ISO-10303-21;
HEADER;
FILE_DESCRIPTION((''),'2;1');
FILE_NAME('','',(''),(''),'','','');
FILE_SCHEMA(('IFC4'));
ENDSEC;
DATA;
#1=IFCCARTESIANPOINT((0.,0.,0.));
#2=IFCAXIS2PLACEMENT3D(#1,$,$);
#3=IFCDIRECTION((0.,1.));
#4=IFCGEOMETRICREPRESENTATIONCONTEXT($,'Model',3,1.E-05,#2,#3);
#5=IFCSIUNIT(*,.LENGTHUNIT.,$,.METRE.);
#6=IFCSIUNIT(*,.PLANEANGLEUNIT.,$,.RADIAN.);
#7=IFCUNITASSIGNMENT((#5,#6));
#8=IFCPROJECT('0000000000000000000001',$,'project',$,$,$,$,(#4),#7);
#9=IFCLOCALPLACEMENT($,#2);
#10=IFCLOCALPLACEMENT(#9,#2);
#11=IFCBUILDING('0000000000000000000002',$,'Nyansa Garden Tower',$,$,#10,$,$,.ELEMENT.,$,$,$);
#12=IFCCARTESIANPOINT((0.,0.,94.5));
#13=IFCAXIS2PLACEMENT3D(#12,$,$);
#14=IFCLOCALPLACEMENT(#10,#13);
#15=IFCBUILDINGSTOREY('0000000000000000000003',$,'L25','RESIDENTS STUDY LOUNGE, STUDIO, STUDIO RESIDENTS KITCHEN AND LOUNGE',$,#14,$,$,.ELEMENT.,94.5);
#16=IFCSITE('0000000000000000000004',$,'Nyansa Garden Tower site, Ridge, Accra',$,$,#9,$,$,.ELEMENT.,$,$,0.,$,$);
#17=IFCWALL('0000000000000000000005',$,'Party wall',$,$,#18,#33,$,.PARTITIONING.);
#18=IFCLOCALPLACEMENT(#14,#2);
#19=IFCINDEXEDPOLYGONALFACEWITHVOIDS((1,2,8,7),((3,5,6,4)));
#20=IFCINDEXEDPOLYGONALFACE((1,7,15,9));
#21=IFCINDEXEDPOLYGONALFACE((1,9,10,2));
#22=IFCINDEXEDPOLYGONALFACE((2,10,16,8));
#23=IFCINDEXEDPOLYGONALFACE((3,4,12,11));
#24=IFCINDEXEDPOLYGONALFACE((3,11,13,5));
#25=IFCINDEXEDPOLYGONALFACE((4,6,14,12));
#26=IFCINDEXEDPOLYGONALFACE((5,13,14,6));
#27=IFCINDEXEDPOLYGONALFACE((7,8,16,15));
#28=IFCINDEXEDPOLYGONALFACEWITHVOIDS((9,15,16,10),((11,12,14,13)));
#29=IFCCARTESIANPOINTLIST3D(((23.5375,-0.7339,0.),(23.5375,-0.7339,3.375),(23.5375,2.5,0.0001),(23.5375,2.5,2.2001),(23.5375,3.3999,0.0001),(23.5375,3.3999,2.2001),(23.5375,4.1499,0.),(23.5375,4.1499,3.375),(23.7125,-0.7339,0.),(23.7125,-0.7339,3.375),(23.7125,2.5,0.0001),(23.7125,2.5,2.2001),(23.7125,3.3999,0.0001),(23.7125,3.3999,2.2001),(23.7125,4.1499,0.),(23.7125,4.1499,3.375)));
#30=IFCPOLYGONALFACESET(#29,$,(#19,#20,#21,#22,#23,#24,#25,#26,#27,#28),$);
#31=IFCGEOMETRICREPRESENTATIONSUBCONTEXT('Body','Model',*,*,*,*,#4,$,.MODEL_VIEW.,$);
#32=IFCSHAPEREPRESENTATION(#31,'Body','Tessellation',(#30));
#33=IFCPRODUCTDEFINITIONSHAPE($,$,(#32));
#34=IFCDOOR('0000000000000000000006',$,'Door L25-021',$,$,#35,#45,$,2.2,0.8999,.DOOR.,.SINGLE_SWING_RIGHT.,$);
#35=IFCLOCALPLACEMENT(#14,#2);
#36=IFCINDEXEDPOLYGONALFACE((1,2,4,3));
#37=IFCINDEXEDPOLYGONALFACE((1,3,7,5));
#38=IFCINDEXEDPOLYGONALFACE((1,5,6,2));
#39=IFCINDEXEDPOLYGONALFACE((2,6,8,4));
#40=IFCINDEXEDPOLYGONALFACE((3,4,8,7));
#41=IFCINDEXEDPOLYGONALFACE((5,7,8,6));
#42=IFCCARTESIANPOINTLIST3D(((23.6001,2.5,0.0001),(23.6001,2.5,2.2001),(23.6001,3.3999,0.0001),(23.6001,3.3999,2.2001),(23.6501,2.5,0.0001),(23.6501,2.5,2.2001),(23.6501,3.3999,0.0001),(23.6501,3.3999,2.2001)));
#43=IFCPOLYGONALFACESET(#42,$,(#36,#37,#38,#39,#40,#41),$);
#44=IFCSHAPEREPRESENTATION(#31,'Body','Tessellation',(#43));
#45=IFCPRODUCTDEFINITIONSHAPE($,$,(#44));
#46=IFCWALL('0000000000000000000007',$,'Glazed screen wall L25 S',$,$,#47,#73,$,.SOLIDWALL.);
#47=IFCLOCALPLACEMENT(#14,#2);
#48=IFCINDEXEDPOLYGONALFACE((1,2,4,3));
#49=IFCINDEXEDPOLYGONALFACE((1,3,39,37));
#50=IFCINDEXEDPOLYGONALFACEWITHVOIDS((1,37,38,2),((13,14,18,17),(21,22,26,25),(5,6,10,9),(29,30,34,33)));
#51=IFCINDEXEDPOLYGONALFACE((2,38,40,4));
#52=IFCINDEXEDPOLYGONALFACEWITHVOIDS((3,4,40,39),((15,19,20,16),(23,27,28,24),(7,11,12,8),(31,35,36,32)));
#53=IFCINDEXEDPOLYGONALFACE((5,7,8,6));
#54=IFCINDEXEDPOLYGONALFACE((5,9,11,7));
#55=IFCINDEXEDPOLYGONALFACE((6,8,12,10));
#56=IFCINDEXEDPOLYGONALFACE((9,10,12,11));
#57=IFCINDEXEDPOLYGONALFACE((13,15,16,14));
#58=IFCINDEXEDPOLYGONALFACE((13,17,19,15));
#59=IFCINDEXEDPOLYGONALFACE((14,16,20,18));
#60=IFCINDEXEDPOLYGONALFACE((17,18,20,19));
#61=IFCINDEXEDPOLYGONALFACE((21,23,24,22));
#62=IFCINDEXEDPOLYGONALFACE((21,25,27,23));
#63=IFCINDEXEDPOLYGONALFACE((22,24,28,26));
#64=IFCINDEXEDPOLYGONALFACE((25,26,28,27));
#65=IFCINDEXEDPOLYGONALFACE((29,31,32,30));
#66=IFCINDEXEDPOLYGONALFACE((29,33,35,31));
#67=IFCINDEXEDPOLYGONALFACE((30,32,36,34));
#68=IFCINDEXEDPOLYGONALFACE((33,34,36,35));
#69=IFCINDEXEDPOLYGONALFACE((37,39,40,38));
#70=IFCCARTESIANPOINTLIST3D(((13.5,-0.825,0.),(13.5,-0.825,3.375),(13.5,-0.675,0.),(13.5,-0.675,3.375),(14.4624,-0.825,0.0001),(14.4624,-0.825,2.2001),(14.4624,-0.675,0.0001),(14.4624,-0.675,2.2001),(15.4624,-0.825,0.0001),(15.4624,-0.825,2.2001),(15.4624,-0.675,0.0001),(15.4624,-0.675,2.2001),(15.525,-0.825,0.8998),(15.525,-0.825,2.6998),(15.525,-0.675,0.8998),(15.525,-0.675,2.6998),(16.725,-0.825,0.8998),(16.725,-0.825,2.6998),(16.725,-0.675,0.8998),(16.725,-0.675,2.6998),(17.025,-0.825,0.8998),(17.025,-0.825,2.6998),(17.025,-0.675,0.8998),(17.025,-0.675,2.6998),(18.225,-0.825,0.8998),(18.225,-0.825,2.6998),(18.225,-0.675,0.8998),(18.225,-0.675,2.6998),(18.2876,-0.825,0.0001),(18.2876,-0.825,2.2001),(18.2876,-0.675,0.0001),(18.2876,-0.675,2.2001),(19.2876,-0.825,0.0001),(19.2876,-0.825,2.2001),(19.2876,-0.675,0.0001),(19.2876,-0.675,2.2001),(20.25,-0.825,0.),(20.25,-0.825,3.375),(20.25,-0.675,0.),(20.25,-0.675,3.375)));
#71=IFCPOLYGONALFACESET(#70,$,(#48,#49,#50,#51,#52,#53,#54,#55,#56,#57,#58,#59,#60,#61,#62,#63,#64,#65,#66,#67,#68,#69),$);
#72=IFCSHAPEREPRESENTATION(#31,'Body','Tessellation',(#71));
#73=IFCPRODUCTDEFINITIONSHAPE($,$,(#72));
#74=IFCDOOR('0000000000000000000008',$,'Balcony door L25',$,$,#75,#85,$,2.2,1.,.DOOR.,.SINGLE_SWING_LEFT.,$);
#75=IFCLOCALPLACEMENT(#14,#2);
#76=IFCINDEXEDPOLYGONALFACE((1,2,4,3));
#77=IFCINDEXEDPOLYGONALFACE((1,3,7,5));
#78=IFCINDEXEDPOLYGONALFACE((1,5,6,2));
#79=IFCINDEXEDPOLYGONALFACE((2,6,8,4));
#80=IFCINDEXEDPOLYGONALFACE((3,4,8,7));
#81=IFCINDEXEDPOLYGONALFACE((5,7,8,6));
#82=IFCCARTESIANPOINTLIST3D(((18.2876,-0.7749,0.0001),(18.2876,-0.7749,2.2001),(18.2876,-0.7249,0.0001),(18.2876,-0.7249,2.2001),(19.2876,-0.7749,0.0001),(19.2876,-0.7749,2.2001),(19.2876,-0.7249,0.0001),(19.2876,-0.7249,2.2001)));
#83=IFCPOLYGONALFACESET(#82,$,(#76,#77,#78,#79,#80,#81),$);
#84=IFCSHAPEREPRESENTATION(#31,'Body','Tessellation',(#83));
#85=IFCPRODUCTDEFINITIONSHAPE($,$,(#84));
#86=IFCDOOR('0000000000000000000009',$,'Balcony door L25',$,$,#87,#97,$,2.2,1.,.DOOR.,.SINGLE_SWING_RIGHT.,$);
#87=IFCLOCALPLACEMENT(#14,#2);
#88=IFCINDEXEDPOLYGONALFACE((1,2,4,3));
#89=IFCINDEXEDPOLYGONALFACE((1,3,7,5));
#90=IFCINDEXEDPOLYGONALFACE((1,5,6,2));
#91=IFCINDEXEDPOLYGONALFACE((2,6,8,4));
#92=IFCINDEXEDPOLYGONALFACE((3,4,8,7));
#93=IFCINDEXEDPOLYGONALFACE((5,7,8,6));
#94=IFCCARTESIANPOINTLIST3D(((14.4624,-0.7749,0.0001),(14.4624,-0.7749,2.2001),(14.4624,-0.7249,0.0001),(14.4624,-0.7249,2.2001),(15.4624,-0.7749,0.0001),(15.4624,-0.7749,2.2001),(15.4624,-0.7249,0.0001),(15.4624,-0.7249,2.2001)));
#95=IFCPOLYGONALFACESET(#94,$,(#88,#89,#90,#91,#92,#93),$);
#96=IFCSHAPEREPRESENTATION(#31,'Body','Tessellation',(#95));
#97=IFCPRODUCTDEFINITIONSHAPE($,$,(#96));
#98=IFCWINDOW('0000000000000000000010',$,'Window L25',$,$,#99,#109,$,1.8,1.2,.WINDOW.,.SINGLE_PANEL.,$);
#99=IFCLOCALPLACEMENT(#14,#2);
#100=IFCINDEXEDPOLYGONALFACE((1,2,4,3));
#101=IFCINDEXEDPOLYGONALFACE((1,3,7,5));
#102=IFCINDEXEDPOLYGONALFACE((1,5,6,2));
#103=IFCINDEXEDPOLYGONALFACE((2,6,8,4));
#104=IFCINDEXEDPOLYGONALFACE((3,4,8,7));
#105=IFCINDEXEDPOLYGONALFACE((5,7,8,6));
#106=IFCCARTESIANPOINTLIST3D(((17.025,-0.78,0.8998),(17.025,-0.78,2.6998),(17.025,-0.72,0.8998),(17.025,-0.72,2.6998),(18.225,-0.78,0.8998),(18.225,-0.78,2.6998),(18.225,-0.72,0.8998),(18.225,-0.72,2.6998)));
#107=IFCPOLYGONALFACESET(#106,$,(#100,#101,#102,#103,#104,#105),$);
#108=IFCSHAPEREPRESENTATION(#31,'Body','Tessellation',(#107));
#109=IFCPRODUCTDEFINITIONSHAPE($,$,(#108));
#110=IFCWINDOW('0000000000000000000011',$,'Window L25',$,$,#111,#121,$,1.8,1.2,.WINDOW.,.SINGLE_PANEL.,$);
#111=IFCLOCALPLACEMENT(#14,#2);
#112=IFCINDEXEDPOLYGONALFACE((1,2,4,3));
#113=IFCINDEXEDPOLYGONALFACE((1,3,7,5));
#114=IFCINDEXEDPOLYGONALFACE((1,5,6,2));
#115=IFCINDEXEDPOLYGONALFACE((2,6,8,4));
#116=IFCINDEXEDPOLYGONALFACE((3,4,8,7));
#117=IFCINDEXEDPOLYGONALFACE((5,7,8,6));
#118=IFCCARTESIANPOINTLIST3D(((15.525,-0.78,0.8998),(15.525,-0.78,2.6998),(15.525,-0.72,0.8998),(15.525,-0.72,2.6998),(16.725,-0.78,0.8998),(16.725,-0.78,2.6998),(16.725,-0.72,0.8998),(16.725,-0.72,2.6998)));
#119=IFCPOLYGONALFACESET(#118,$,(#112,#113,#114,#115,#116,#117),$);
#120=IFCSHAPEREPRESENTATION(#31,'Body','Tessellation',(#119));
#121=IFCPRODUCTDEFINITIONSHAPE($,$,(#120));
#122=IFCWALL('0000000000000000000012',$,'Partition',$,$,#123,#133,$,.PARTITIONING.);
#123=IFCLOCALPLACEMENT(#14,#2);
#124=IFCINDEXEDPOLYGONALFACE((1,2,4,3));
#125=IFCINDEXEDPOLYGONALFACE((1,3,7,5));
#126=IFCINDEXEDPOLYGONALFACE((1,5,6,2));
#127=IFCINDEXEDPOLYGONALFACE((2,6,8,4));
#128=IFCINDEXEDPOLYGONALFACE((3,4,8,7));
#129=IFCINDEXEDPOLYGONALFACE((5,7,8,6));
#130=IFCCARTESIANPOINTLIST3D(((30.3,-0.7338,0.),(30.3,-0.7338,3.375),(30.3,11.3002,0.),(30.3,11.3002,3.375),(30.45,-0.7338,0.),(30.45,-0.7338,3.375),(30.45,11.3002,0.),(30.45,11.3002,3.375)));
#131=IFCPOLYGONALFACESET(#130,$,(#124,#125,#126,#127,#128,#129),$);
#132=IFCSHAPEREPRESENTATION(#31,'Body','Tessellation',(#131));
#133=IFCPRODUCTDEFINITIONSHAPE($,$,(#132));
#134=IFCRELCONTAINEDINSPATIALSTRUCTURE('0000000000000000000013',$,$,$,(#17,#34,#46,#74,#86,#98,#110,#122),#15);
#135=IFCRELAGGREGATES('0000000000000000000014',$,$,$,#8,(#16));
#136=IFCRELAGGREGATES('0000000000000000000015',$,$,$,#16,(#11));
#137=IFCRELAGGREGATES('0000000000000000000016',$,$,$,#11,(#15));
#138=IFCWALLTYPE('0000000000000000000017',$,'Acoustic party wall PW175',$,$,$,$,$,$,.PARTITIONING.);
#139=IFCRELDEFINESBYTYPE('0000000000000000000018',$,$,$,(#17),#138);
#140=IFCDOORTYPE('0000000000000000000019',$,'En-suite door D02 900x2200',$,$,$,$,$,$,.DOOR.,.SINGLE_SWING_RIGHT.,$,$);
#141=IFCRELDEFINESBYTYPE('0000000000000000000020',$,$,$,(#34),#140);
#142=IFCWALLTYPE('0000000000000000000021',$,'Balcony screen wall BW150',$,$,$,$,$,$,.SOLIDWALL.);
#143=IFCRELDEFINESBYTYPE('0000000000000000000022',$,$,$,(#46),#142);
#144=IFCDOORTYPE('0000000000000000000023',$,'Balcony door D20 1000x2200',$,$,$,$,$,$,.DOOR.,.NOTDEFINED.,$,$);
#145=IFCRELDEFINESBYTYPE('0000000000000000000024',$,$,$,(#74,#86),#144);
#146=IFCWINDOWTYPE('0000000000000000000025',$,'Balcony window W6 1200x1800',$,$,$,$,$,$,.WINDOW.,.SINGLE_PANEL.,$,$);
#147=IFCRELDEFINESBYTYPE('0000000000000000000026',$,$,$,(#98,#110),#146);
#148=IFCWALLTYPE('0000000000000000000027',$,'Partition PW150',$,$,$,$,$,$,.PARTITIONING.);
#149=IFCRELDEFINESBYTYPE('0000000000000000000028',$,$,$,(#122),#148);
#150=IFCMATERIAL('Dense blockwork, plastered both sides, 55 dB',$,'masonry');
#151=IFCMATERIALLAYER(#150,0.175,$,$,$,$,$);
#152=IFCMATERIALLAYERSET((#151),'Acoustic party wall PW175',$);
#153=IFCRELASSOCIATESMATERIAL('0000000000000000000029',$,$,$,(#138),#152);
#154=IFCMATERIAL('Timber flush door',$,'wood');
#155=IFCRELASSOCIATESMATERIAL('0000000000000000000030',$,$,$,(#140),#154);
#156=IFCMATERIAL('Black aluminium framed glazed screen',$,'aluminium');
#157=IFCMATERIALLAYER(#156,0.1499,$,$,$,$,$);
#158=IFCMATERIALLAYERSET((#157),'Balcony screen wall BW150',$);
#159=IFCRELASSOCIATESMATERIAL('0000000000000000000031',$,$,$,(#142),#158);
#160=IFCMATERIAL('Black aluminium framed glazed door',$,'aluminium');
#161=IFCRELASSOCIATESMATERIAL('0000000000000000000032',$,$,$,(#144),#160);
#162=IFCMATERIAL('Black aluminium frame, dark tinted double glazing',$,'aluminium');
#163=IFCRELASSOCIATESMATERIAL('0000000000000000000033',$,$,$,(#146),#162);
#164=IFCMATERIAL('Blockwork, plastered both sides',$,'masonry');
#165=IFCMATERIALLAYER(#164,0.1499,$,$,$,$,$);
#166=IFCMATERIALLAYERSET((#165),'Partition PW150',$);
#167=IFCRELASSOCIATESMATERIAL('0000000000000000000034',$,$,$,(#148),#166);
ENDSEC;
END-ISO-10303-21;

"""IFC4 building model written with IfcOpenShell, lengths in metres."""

from ifc_helpers import new_model, si_unit, direction, frame, frame_2d, origin, place, context, subcontext, project, spatial, rectangle, extrude, material, layer, layer_set, type_object, element, fill, save


model = new_model("IFC4")

# Units and contexts
model_context = context("Model", 3, precision=1e-05, world=origin(), true_north=direction((0.0, 1.0)))
body_context = subcontext(model_context, "Body", "Model", "MODEL_VIEW")
ifc_project = project(units=[si_unit("LENGTHUNIT", "METRE"), si_unit("PLANEANGLEUNIT", "RADIAN")], contexts=[model_context])

# Site, building, storey
site_placement = place(None, origin())
site = spatial("IfcSite", under=ifc_project, at=site_placement, Name="Nyansa Garden Tower site, Ridge, Accra", CompositionType="ELEMENT", RefElevation=0.0)
building_placement = place(site_placement, origin())
building = spatial("IfcBuilding", under=site, at=building_placement, Name="Nyansa Garden Tower", CompositionType="ELEMENT")
storey_placement = place(building_placement, frame((0.0, 0.0, 94.5)))
storey = spatial("IfcBuildingStorey", under=building, at=storey_placement, Name="L25", Description="RESIDENTS STUDY LOUNGE, STUDIO, STUDIO RESIDENTS KITCHEN AND LOUNGE", CompositionType="ELEMENT", Elevation=94.5)

# Wall, opening, door
ifc_material_1 = material(Name="Dense blockwork, plastered both sides, 55 dB", Category="masonry")
ifc_layer_1 = layer(ifc_material_1, 0.175)
ifc_layer_set_1 = layer_set([ifc_layer_1], Name="Acoustic party wall PW175")
wall_type_1 = type_object("IfcWallType", Name="Acoustic party wall PW175", PredefinedType="PARTITIONING", material=ifc_layer_set_1)
wall_1_placement = place(storey_placement, frame((23.625, -0.7339, 0.0), z_axis=(0.0, 0.0, 1.0), x_axis=(0.0, 1.0, 0.0)))
wall_1 = element("IfcWall", 1, at=wall_1_placement, inside=storey, type_object=wall_type_1, Name="Party wall", PredefinedType="PARTITIONING", context=body_context, shape_type="SweptSolid", body=[
    extrude(rectangle(XDim=4.8838, YDim=0.175, at=frame_2d((2.4419, 0.0))), origin(), (0.0, 0.0, 1.0), 3.375),
])
opening_1_placement = place(wall_1_placement, frame((3.2339, 0.0, 0.0)))
opening_1 = element("IfcOpeningElement", 2, at=opening_1_placement, cuts=wall_1, PredefinedType="OPENING", context=body_context, shape_type="SweptSolid", body=[
    extrude(rectangle(XDim=0.8999, YDim=2.2, at=frame_2d((0.45, 1.1001))), frame((0.0, 0.0974, 0.0), z_axis=(0.0, -1.0, 0.0), x_axis=(1.0, 0.0, 0.0)), (0.0, 0.0, 1.0), 0.1951),
])
ifc_material_2 = material(Name="Timber flush door", Category="wood")
door_type_1 = type_object("IfcDoorType", Name="En-suite door D02 900x2200", OperationType="SINGLE_SWING_RIGHT", PredefinedType="DOOR", material=ifc_material_2)
door_1_placement = place(opening_1_placement, origin())
door_1 = element("IfcDoor", 3, at=door_1_placement, inside=storey, type_object=door_type_1, Name="Door L25-021", OperationType="SINGLE_SWING_RIGHT", OverallHeight=2.2, OverallWidth=0.8999, PredefinedType="DOOR", context=body_context, shape_type="SweptSolid", body=[
    extrude(rectangle(XDim=0.8999, YDim=2.2, at=frame_2d((0.45, 1.1001))), frame((0.0, 0.0249, 0.0), z_axis=(0.0, -1.0, 0.0), x_axis=(1.0, 0.0, 0.0)), (0.0, 0.0, 1.0), 0.05),
])
fill(opening_1, door_1)

# Wall, openings, doors, windows
ifc_material_3 = material(Name="Black aluminium framed glazed screen", Category="aluminium")
ifc_layer_2 = layer(ifc_material_3, 0.1499)
ifc_layer_set_2 = layer_set([ifc_layer_2], Name="Balcony screen wall BW150")
wall_type_2 = type_object("IfcWallType", Name="Balcony screen wall BW150", PredefinedType="SOLIDWALL", material=ifc_layer_set_2)
wall_2_placement = place(storey_placement, frame((20.25, -0.75, 0.0), z_axis=(0.0, 0.0, 1.0), x_axis=(-1.0, 0.0, 0.0)))
wall_2 = element("IfcWall", 4, at=wall_2_placement, inside=storey, type_object=wall_type_2, Name="Glazed screen wall L25 S", PredefinedType="SOLIDWALL", context=body_context, shape_type="SweptSolid", body=[
    extrude(rectangle(XDim=6.75, YDim=0.1499, at=frame_2d((3.375, 0.0))), origin(), (0.0, 0.0, 1.0), 3.375),
])
opening_2_placement = place(wall_2_placement, frame((0.9624, 0.0, 0.0)))
opening_2 = element("IfcOpeningElement", 5, at=opening_2_placement, cuts=wall_2, PredefinedType="OPENING", context=body_context, shape_type="SweptSolid", body=[
    extrude(rectangle(XDim=1.0, YDim=2.2, at=frame_2d((0.5, 1.1001))), frame((0.0, 0.085, 0.0), z_axis=(0.0, -1.0, 0.0), x_axis=(1.0, 0.0, 0.0)), (0.0, 0.0, 1.0), 0.1699),
])
opening_3_placement = place(wall_2_placement, frame((2.0249, 0.0, 0.8999)))
opening_3 = element("IfcOpeningElement", 6, at=opening_3_placement, cuts=wall_2, PredefinedType="OPENING", context=body_context, shape_type="SweptSolid", body=[
    extrude(rectangle(XDim=1.2, YDim=1.8, at=frame_2d((0.6001, 0.8999))), frame((0.0, 0.085, 0.0), z_axis=(0.0, -1.0, 0.0), x_axis=(1.0, 0.0, 0.0)), (0.0, 0.0, 1.0), 0.1699),
])
opening_4_placement = place(wall_2_placement, frame((4.7876, 0.0, 0.0)))
opening_4 = element("IfcOpeningElement", 7, at=opening_4_placement, cuts=wall_2, PredefinedType="OPENING", context=body_context, shape_type="SweptSolid", body=[
    extrude(rectangle(XDim=1.0, YDim=2.2, at=frame_2d((0.5, 1.1001))), frame((0.0, 0.085, 0.0), z_axis=(0.0, -1.0, 0.0), x_axis=(1.0, 0.0, 0.0)), (0.0, 0.0, 1.0), 0.1699),
])
opening_5_placement = place(wall_2_placement, frame((3.5249, 0.0, 0.8999)))
opening_5 = element("IfcOpeningElement", 8, at=opening_5_placement, cuts=wall_2, PredefinedType="OPENING", context=body_context, shape_type="SweptSolid", body=[
    extrude(rectangle(XDim=1.2, YDim=1.8, at=frame_2d((0.6001, 0.8999))), frame((0.0, 0.085, 0.0), z_axis=(0.0, -1.0, 0.0), x_axis=(1.0, 0.0, 0.0)), (0.0, 0.0, 1.0), 0.1699),
])
ifc_material_4 = material(Name="Black aluminium framed glazed door", Category="aluminium")
door_type_2 = type_object("IfcDoorType", Name="Balcony door D20 1000x2200", OperationType="NOTDEFINED", PredefinedType="DOOR", material=ifc_material_4)
door_2_placement = place(opening_2_placement, origin())
door_2 = element("IfcDoor", 9, at=door_2_placement, inside=storey, type_object=door_type_2, Name="Balcony door L25", OperationType="SINGLE_SWING_LEFT", OverallHeight=2.2, OverallWidth=1.0, PredefinedType="DOOR", context=body_context, shape_type="SweptSolid", body=[
    extrude(rectangle(XDim=1.0, YDim=2.2, at=frame_2d((0.5, 1.1001))), frame((0.0, 0.0249, 0.0), z_axis=(0.0, -1.0, 0.0), x_axis=(1.0, 0.0, 0.0)), (0.0, 0.0, 1.0), 0.05),
])
fill(opening_2, door_2)
door_3_placement = place(opening_4_placement, origin())
door_3 = element("IfcDoor", 10, at=door_3_placement, inside=storey, type_object=door_type_2, Name="Balcony door L25", OperationType="SINGLE_SWING_RIGHT", OverallHeight=2.2, OverallWidth=1.0, PredefinedType="DOOR", context=body_context, shape_type="SweptSolid", body=[
    extrude(rectangle(XDim=1.0, YDim=2.2, at=frame_2d((0.5, 1.1001))), frame((0.0, 0.0249, 0.0), z_axis=(0.0, -1.0, 0.0), x_axis=(1.0, 0.0, 0.0)), (0.0, 0.0, 1.0), 0.05),
])
fill(opening_4, door_3)
ifc_material_5 = material(Name="Black aluminium frame, dark tinted double glazing", Category="aluminium")
window_type = type_object("IfcWindowType", Name="Balcony window W6 1200x1800", PartitioningType="SINGLE_PANEL", PredefinedType="WINDOW", material=ifc_material_5)
window_1_placement = place(opening_3_placement, origin())
window_1 = element("IfcWindow", 11, at=window_1_placement, inside=storey, type_object=window_type, Name="Window L25", OverallHeight=1.8, OverallWidth=1.2, PartitioningType="SINGLE_PANEL", PredefinedType="WINDOW", context=body_context, shape_type="SweptSolid", body=[
    extrude(rectangle(XDim=1.2, YDim=1.8, at=frame_2d((0.6001, 0.8999))), frame((0.0, 0.03, 0.0), z_axis=(0.0, -1.0, 0.0), x_axis=(1.0, 0.0, 0.0)), (0.0, 0.0, 1.0), 0.0601),
])
fill(opening_3, window_1)
window_2_placement = place(opening_5_placement, origin())
window_2 = element("IfcWindow", 12, at=window_2_placement, inside=storey, type_object=window_type, Name="Window L25", OverallHeight=1.8, OverallWidth=1.2, PartitioningType="SINGLE_PANEL", PredefinedType="WINDOW", context=body_context, shape_type="SweptSolid", body=[
    extrude(rectangle(XDim=1.2, YDim=1.8, at=frame_2d((0.6001, 0.8999))), frame((0.0, 0.03, 0.0), z_axis=(0.0, -1.0, 0.0), x_axis=(1.0, 0.0, 0.0)), (0.0, 0.0, 1.0), 0.0601),
])
fill(opening_5, window_2)

# Wall
ifc_material_6 = material(Name="Blockwork, plastered both sides", Category="masonry")
ifc_layer_3 = layer(ifc_material_6, 0.1499)
ifc_layer_set_3 = layer_set([ifc_layer_3], Name="Partition PW150")
wall_type_3 = type_object("IfcWallType", Name="Partition PW150", PredefinedType="PARTITIONING", material=ifc_layer_set_3)
wall_3_placement = place(storey_placement, frame((30.375, -0.7339, 0.0), z_axis=(0.0, 0.0, 1.0), x_axis=(0.0, 1.0, 0.0)))
element("IfcWall", 13, at=wall_3_placement, inside=storey, type_object=wall_type_3, Name="Partition", PredefinedType="PARTITIONING", context=body_context, shape_type="SweptSolid", body=[
    extrude(rectangle(XDim=12.0339, YDim=0.1499, at=frame_2d((6.0171, 0.0))), origin(), (0.0, 0.0, 1.0), 3.375),
])

save(model, "model.ifc")
